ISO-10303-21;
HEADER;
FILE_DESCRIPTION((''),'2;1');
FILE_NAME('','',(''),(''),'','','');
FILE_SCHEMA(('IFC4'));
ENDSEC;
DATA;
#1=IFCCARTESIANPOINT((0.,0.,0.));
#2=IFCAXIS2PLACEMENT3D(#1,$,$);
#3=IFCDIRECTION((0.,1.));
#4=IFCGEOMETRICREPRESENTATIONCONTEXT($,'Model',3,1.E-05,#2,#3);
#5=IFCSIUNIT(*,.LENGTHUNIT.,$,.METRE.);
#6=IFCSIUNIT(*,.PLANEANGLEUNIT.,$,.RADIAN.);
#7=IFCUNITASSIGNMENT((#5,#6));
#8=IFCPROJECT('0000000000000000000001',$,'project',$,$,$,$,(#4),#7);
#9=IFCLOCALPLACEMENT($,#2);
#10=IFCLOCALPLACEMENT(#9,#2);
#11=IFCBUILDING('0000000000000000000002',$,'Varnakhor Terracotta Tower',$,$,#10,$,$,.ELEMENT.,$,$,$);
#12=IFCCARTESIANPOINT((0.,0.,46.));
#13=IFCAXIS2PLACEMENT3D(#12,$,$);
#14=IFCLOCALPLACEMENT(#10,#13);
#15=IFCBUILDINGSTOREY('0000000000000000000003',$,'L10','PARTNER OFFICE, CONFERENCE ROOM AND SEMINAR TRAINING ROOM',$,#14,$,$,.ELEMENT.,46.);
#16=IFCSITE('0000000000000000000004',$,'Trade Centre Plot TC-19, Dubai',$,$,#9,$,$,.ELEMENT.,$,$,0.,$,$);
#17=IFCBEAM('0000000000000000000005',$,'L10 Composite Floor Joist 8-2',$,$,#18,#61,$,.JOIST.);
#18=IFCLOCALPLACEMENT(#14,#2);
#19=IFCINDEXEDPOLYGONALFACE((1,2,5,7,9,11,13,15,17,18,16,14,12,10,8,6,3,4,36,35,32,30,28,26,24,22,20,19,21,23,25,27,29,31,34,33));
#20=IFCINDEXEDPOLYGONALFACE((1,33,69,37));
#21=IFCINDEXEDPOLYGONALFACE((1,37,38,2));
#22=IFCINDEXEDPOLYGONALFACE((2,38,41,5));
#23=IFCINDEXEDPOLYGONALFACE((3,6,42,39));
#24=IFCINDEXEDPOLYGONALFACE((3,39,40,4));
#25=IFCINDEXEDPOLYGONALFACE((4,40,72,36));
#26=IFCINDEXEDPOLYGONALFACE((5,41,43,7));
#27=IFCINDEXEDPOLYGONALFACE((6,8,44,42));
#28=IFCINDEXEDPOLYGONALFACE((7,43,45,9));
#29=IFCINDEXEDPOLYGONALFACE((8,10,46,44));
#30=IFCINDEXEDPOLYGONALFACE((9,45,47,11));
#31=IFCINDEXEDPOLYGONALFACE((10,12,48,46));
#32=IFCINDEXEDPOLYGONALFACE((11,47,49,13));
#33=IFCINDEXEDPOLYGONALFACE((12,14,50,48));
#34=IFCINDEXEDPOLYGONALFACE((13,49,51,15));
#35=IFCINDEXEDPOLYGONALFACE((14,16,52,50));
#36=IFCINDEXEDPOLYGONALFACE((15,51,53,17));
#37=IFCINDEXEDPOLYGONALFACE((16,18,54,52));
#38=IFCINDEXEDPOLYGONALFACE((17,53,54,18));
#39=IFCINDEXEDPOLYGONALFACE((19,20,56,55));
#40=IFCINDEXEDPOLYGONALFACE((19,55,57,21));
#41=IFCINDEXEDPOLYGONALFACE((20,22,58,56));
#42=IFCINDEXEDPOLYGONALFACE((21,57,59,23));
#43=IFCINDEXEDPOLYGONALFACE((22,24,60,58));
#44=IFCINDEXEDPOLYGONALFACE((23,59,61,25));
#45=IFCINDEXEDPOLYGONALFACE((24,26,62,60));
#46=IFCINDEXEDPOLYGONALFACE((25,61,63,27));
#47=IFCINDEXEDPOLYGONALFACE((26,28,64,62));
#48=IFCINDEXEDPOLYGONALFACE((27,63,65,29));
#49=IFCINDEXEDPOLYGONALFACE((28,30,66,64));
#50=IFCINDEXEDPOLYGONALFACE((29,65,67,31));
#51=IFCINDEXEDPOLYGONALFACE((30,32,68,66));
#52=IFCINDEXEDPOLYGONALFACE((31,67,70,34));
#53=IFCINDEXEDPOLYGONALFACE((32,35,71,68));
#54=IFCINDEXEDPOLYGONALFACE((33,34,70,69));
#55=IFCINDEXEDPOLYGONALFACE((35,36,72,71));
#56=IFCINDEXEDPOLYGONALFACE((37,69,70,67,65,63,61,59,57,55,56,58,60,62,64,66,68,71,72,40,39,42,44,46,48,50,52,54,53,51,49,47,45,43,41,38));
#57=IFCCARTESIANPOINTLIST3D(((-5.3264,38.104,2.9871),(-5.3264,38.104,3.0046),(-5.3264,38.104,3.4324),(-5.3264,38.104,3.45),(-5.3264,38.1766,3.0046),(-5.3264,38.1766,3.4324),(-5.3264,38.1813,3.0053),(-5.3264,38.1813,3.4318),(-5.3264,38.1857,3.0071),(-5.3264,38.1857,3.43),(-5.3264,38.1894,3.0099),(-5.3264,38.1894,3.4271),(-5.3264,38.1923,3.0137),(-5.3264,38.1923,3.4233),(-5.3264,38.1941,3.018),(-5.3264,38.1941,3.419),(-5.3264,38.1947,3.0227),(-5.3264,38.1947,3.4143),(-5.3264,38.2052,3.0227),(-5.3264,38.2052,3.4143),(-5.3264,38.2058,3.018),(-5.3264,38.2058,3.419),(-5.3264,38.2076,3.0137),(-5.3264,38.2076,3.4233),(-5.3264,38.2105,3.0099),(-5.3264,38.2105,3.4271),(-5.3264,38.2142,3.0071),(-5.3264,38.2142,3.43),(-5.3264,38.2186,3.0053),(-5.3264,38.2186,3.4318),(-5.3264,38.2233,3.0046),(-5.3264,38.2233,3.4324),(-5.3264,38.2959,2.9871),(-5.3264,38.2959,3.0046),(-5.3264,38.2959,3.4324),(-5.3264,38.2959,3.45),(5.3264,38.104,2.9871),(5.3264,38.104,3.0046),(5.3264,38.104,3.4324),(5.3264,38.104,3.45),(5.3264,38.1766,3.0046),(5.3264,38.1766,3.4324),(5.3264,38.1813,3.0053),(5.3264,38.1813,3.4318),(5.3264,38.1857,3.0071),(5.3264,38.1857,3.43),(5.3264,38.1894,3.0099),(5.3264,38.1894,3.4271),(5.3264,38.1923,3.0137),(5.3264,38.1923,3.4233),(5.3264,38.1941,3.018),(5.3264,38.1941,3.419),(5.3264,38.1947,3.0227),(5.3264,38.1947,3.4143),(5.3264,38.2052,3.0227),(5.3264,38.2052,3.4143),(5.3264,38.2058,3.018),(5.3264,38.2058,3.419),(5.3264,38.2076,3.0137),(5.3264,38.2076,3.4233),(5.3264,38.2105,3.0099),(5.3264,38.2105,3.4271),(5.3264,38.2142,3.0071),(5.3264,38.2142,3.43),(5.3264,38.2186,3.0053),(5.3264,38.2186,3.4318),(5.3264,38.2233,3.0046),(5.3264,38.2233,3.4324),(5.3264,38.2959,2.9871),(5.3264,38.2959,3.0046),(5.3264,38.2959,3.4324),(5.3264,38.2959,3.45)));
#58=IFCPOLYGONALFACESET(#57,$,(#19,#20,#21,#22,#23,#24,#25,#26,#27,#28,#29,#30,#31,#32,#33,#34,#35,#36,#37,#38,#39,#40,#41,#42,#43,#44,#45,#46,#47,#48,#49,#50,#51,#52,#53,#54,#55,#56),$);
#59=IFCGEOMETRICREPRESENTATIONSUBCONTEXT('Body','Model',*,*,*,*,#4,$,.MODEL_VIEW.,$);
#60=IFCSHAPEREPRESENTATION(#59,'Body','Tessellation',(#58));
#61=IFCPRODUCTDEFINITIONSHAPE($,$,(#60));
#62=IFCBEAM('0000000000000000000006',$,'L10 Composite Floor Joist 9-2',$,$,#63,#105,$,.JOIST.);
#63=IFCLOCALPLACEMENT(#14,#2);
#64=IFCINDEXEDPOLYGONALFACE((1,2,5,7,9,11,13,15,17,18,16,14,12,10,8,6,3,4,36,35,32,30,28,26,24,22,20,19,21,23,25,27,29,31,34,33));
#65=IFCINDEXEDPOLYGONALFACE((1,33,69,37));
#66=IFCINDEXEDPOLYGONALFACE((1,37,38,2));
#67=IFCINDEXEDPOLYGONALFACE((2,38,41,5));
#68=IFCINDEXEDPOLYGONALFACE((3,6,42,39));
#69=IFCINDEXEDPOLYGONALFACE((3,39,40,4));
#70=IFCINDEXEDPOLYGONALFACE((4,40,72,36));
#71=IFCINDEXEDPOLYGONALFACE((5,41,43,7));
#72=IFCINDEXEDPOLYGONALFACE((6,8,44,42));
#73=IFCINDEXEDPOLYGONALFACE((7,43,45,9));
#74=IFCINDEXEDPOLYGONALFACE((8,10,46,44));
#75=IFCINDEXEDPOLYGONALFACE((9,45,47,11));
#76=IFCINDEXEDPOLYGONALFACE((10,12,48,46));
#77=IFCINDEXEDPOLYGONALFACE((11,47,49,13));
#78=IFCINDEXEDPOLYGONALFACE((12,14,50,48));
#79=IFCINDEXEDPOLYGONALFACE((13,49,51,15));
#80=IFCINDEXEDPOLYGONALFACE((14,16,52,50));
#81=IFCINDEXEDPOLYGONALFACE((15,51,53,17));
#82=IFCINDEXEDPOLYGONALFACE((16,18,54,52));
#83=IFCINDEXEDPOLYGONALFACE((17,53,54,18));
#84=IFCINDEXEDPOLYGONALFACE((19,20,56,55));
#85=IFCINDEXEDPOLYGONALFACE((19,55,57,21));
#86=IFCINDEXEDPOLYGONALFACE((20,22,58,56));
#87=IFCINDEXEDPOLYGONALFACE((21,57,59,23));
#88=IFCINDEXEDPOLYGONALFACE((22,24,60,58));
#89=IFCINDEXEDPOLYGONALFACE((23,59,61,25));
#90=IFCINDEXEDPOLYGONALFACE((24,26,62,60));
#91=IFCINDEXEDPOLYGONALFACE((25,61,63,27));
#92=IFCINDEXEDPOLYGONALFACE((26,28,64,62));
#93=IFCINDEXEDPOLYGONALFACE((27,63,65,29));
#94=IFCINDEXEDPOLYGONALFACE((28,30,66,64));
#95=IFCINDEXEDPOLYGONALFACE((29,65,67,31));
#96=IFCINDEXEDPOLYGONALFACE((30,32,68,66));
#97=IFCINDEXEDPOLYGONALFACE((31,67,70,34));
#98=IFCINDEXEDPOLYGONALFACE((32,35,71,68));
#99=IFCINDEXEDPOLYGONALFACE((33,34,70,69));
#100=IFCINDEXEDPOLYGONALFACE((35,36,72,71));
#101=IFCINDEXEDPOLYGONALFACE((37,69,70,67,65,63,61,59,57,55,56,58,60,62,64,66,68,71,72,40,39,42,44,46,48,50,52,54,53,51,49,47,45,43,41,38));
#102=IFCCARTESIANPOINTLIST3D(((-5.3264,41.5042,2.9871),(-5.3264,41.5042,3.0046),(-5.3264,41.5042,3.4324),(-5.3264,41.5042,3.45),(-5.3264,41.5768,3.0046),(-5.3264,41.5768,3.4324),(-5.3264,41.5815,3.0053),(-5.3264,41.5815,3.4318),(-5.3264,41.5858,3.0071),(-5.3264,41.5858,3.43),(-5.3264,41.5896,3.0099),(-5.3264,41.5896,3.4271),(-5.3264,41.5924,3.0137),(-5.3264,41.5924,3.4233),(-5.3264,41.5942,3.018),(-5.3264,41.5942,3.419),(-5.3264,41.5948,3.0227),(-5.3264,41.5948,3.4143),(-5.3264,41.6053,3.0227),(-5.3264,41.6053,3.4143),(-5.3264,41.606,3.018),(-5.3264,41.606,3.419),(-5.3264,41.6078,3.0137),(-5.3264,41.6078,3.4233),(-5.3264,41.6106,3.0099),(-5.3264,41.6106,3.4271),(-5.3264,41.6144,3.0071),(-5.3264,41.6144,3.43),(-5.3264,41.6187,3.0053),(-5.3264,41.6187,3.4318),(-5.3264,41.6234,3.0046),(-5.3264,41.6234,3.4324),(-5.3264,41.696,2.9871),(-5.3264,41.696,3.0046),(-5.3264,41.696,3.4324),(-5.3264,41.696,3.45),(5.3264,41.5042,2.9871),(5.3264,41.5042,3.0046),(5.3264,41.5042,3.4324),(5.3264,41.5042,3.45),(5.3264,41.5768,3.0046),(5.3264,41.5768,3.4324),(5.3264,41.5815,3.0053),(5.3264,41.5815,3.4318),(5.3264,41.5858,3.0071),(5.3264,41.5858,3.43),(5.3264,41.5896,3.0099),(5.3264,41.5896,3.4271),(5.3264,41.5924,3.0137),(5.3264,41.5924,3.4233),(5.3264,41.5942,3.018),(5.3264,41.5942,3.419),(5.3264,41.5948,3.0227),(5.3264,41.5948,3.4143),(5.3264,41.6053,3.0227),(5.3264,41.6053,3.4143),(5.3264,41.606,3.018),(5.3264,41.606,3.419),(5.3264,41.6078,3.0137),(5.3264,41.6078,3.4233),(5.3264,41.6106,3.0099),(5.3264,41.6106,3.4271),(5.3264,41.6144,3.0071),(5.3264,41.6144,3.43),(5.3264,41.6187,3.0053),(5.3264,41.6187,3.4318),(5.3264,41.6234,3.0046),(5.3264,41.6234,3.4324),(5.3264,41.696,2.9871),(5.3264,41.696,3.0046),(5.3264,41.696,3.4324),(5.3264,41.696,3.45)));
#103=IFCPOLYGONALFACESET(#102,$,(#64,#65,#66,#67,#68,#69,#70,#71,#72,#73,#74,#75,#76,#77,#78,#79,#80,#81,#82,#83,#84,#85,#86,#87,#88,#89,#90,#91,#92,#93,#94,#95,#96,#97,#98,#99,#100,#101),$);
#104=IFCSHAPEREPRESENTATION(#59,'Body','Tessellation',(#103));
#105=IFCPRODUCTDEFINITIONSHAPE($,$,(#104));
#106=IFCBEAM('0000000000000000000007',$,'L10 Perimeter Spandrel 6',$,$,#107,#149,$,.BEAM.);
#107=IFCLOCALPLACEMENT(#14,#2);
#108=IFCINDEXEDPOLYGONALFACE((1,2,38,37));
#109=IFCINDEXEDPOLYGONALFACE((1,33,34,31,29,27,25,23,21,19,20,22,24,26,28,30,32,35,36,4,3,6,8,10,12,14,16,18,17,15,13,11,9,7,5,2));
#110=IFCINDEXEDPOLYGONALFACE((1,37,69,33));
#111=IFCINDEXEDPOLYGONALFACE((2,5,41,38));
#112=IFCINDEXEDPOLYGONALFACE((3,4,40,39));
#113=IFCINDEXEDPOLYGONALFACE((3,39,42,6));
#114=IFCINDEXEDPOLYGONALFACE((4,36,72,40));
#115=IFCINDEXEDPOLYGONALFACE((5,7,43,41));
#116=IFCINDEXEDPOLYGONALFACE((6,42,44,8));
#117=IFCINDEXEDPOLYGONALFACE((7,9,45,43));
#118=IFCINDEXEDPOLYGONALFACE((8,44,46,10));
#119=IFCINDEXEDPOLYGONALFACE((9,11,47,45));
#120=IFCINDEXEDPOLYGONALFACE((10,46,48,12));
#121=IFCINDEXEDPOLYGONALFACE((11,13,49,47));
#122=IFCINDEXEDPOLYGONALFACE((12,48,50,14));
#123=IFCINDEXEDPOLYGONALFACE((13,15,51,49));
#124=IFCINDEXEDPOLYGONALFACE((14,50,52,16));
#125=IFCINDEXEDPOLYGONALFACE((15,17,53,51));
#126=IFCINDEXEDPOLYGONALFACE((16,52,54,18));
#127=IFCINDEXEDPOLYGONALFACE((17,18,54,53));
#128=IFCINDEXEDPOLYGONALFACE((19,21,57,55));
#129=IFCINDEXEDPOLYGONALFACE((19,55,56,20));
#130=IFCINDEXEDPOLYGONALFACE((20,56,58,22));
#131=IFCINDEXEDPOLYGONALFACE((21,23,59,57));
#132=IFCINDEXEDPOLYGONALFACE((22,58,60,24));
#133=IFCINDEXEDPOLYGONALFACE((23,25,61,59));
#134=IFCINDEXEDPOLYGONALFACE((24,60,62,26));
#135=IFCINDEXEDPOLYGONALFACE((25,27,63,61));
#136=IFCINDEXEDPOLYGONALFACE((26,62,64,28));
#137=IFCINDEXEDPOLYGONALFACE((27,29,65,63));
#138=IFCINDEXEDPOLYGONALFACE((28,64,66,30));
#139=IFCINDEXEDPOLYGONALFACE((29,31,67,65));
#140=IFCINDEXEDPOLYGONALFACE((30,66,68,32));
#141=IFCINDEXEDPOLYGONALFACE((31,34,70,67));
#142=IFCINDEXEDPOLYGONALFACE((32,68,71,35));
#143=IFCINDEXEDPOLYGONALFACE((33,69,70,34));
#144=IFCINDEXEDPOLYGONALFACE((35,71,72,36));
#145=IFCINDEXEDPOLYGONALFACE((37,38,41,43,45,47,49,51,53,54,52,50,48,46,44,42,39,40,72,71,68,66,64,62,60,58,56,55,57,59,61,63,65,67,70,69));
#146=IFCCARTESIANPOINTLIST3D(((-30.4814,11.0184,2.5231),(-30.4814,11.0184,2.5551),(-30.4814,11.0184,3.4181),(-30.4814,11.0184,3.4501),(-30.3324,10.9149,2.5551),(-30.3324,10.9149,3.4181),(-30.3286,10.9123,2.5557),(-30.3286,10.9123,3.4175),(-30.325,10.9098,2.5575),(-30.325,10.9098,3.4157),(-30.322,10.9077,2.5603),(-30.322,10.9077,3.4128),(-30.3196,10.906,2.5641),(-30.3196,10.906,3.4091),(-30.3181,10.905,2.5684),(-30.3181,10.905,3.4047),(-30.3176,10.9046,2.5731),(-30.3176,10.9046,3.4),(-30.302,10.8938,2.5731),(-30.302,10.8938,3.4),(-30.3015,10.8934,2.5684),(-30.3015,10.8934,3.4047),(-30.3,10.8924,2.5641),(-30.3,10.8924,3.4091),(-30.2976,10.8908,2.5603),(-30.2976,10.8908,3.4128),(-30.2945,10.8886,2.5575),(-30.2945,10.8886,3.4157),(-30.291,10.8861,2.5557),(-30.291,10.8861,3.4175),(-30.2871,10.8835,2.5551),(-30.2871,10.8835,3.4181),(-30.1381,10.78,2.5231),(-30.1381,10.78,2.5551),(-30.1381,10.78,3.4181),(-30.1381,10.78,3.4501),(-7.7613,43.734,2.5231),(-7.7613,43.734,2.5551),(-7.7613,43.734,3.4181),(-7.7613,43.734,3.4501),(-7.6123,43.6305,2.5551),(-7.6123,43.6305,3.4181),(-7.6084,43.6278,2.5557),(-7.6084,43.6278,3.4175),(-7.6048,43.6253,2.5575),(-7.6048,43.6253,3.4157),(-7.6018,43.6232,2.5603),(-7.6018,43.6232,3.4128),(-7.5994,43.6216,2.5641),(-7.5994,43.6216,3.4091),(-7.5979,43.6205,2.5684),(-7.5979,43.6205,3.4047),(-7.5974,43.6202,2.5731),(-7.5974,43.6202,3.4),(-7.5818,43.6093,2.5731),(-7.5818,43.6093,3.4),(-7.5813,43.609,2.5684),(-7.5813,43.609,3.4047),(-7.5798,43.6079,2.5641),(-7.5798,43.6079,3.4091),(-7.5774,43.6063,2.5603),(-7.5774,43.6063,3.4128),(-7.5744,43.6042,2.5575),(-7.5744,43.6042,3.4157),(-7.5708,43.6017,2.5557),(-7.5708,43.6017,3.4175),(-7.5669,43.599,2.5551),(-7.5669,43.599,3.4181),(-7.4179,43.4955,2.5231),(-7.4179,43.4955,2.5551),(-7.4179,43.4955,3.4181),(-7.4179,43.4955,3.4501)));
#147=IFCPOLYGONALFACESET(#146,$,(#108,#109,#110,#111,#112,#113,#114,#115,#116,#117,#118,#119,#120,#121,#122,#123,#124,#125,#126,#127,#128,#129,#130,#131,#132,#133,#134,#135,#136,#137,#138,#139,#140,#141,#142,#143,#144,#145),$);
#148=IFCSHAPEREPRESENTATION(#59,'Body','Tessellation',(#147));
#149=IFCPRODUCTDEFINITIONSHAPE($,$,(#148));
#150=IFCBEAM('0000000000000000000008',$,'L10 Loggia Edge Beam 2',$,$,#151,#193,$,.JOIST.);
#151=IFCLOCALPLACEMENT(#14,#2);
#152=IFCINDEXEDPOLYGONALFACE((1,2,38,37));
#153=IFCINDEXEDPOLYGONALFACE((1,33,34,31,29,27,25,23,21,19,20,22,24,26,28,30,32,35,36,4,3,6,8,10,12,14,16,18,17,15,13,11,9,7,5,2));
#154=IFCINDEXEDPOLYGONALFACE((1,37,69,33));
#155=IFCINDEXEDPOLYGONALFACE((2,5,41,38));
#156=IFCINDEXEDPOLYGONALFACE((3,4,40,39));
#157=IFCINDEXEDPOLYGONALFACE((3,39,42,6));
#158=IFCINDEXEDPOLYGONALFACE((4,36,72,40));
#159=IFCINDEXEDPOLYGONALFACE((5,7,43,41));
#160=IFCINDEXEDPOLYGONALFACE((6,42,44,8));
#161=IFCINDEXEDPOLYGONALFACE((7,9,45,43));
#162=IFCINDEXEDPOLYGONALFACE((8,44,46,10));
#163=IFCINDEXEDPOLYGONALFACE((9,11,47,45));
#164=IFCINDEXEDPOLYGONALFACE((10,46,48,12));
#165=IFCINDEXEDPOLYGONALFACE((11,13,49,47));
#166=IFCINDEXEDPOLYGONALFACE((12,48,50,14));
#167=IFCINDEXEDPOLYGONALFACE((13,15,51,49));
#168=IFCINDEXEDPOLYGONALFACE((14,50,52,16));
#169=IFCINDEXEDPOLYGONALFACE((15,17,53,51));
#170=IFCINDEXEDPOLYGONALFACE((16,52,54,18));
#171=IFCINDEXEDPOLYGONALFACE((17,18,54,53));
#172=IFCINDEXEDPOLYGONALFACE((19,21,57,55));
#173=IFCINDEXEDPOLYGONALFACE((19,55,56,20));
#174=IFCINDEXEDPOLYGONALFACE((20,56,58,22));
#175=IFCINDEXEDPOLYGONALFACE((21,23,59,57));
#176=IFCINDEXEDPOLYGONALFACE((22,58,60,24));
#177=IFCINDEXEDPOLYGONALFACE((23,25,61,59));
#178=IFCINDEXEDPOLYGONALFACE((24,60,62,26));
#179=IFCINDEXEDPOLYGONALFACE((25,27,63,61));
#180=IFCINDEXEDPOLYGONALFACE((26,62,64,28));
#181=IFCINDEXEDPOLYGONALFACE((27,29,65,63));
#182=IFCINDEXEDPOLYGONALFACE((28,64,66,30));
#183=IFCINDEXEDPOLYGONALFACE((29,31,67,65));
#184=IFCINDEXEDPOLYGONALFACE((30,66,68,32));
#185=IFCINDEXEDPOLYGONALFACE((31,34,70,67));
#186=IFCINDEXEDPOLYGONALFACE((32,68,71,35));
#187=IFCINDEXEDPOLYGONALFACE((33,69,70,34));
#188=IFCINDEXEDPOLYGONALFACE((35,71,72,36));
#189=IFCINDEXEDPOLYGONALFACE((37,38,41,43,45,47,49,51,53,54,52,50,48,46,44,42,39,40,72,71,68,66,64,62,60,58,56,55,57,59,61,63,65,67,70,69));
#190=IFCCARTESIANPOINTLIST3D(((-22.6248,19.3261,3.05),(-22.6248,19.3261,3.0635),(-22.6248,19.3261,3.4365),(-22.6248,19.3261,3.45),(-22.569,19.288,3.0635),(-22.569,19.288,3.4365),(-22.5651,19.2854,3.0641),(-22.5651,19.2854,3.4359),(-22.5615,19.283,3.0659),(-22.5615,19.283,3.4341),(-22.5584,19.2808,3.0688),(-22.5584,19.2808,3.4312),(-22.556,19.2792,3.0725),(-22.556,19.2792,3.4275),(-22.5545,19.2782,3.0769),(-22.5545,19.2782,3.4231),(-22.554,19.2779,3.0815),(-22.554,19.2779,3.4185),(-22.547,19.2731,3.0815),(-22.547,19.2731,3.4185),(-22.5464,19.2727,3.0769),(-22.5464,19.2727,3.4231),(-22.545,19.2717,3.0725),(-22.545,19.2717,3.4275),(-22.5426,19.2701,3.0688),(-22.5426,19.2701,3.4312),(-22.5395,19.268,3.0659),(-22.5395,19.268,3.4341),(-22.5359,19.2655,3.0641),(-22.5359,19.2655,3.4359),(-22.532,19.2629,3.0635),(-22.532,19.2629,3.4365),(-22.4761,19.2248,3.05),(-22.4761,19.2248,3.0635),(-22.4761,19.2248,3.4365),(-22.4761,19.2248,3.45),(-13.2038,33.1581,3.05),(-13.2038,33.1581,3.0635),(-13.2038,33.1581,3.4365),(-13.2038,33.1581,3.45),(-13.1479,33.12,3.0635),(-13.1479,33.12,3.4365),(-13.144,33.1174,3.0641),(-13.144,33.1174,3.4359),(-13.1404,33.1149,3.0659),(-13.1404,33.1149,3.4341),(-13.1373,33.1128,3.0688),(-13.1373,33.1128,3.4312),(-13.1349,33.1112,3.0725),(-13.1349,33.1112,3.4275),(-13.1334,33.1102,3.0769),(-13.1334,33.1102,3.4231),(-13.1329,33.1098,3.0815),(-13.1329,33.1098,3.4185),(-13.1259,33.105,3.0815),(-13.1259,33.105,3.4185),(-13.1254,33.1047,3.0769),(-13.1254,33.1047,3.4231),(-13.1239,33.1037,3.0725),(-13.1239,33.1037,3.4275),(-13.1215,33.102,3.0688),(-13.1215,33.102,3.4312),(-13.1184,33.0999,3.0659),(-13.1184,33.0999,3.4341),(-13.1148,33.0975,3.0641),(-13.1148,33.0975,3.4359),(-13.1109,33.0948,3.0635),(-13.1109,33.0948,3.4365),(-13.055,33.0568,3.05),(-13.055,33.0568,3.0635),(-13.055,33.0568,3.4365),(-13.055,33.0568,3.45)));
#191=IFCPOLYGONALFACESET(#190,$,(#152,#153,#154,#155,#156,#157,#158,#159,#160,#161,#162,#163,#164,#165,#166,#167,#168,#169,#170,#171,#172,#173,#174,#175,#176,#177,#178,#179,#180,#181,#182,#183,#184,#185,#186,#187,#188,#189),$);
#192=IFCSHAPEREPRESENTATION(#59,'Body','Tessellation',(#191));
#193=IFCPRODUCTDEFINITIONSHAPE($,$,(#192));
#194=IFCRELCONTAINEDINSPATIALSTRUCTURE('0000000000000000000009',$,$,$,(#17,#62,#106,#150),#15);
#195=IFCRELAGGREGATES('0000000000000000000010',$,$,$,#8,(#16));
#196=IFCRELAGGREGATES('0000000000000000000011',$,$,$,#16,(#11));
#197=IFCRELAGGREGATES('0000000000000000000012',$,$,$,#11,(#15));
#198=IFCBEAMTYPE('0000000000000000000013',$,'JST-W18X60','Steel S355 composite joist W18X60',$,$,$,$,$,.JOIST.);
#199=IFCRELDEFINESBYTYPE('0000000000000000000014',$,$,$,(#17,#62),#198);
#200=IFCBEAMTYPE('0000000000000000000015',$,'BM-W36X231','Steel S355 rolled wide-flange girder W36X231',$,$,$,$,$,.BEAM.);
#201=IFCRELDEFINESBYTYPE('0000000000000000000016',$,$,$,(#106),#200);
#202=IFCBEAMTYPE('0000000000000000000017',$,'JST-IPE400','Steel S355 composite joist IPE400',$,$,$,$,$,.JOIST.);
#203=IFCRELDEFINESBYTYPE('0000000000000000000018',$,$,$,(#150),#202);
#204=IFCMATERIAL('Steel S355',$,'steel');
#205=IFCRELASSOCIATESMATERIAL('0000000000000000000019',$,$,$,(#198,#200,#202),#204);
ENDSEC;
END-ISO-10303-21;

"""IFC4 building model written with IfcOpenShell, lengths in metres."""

from ifc_helpers import new_model, si_unit, direction, frame, origin, origin_2d, place, context, subcontext, project, spatial, i_section, extrude, source, transform, mapped, material, material_profile, profile_set, type_object, element, save


model = new_model("IFC4")

# Units and contexts
model_context = context("Model", 3, precision=1e-05, world=origin(), true_north=direction((0.0, 1.0)))
body_context = subcontext(model_context, "Body", "Model", "MODEL_VIEW")
ifc_project = project(units=[si_unit("LENGTHUNIT", "METRE"), si_unit("PLANEANGLEUNIT", "RADIAN")], contexts=[model_context])

# Site, building, storey
site_placement = place(None, origin())
site = spatial("IfcSite", under=ifc_project, at=site_placement, Name="Trade Centre Plot TC-19, Dubai", CompositionType="ELEMENT", RefElevation=0.0)
building_placement = place(site_placement, origin())
building = spatial("IfcBuilding", under=site, at=building_placement, Name="Varnakhor Terracotta Tower", CompositionType="ELEMENT")
storey_placement = place(building_placement, frame((0.0, 0.0, 46.0)))
storey = spatial("IfcBuildingStorey", under=building, at=storey_placement, Name="L10", Description="PARTNER OFFICE, CONFERENCE ROOM AND SEMINAR TRAINING ROOM", CompositionType="ELEMENT", Elevation=46.0)

# Beams
ifc_material_1 = material(Name="Steel S355", Category="steel")
ifc_material_profile_1 = material_profile(ifc_material_1, i_section(OverallWidth=0.1919, OverallDepth=0.4629, WebThickness=0.0105, FlangeThickness=0.0176, FilletRadius=0.0181, at=origin_2d()), Name="W18X60")
ifc_profile_set_1 = profile_set([ifc_material_profile_1], Name="Steel S355")
beam_type_1 = type_object("IfcBeamType", Name="JST-W18X60", Description="Steel S355 composite joist W18X60", PredefinedType="JOIST", material=ifc_profile_set_1)
shared_shape_1 = source(origin(), body_context, "Body", "SweptSolid", [
    extrude(i_section(OverallWidth=0.1919, OverallDepth=0.4629, WebThickness=0.0105, FlangeThickness=0.0176, FilletRadius=0.0181, at=origin_2d()), origin(), (0.0, 0.0, 1.0), 10.6528),
])
for number, where, z_axis, x_axis, name in (
    (1, (-5.3264, 38.2, 3.2185), (1.0, 0.0, 0.0), (0.0, 1.0, 0.0), "L10 Composite Floor Joist 8-2"),
    (2, (-5.3264, 41.6001, 3.2185), (1.0, 0.0, 0.0), (0.0, 1.0, 0.0), "L10 Composite Floor Joist 9-2"),
):
    element("IfcBeam", number, at=place(storey_placement, frame(where, z_axis=z_axis, x_axis=x_axis)), inside=storey, type_object=beam_type_1, Name=name, PredefinedType="JOIST", context=body_context, shape_type="MappedRepresentation", body=[
        mapped(shared_shape_1, transform((0.0, 0.0, 0.0), scale=1.0)),
    ])
ifc_material_profile_2 = material_profile(ifc_material_1, i_section(OverallWidth=0.418, OverallDepth=0.927, WebThickness=0.019, FlangeThickness=0.032, FilletRadius=0.0181, at=origin_2d()), Name="W36X231")
ifc_profile_set_2 = profile_set([ifc_material_profile_2], Name="Steel S355")
beam_type_2 = type_object("IfcBeamType", Name="BM-W36X231", Description="Steel S355 rolled wide-flange girder W36X231", PredefinedType="BEAM", material=ifc_profile_set_2)
shared_shape_2 = source(origin(), body_context, "Body", "SweptSolid", [
    extrude(i_section(OverallWidth=0.418, OverallDepth=0.927, WebThickness=0.019, FlangeThickness=0.032, FilletRadius=0.0181, at=origin_2d()), origin(), (0.0, 0.0, 1.0), 39.8311),
])
beam_1_placement = place(storey_placement, frame((-7.5896, 43.6147, 2.9866), z_axis=(-0.570414, -0.821357, 0.0), x_axis=(0.821357, -0.570414, 0.0)))
element("IfcBeam", 3, at=beam_1_placement, inside=storey, type_object=beam_type_2, Name="L10 Perimeter Spandrel 6", PredefinedType="BEAM", context=body_context, shape_type="MappedRepresentation", body=[
    mapped(shared_shape_2, transform((0.0, 0.0, 0.0), scale=1.0)),
])
ifc_material_profile_3 = material_profile(ifc_material_1, i_section(OverallWidth=0.1799, OverallDepth=0.3999, WebThickness=0.0085, FlangeThickness=0.0134, FilletRadius=0.0181, at=origin_2d()), Name="IPE400")
ifc_profile_set_3 = profile_set([ifc_material_profile_3], Name="Steel S355")
beam_type_3 = type_object("IfcBeamType", Name="JST-IPE400", Description="Steel S355 composite joist IPE400", PredefinedType="JOIST", material=ifc_profile_set_3)
shared_shape_3 = source(origin(), body_context, "Body", "SweptSolid", [
    extrude(i_section(OverallWidth=0.1799, OverallDepth=0.3999, WebThickness=0.0085, FlangeThickness=0.0134, FilletRadius=0.0181, at=origin_2d()), origin(), (0.0, 0.0, 1.0), 16.7356),
])
beam_2_placement = place(storey_placement, frame((-13.1294, 33.1074, 3.25), z_axis=(-0.562938, -0.826499, 0.0), x_axis=(0.826499, -0.562938, 0.0)))
element("IfcBeam", 4, at=beam_2_placement, inside=storey, type_object=beam_type_3, Name="L10 Loggia Edge Beam 2", PredefinedType="JOIST", context=body_context, shape_type="MappedRepresentation", body=[
    mapped(shared_shape_3, transform((0.0, 0.0, 0.0), scale=1.0)),
])

save(model, "model.ifc")
